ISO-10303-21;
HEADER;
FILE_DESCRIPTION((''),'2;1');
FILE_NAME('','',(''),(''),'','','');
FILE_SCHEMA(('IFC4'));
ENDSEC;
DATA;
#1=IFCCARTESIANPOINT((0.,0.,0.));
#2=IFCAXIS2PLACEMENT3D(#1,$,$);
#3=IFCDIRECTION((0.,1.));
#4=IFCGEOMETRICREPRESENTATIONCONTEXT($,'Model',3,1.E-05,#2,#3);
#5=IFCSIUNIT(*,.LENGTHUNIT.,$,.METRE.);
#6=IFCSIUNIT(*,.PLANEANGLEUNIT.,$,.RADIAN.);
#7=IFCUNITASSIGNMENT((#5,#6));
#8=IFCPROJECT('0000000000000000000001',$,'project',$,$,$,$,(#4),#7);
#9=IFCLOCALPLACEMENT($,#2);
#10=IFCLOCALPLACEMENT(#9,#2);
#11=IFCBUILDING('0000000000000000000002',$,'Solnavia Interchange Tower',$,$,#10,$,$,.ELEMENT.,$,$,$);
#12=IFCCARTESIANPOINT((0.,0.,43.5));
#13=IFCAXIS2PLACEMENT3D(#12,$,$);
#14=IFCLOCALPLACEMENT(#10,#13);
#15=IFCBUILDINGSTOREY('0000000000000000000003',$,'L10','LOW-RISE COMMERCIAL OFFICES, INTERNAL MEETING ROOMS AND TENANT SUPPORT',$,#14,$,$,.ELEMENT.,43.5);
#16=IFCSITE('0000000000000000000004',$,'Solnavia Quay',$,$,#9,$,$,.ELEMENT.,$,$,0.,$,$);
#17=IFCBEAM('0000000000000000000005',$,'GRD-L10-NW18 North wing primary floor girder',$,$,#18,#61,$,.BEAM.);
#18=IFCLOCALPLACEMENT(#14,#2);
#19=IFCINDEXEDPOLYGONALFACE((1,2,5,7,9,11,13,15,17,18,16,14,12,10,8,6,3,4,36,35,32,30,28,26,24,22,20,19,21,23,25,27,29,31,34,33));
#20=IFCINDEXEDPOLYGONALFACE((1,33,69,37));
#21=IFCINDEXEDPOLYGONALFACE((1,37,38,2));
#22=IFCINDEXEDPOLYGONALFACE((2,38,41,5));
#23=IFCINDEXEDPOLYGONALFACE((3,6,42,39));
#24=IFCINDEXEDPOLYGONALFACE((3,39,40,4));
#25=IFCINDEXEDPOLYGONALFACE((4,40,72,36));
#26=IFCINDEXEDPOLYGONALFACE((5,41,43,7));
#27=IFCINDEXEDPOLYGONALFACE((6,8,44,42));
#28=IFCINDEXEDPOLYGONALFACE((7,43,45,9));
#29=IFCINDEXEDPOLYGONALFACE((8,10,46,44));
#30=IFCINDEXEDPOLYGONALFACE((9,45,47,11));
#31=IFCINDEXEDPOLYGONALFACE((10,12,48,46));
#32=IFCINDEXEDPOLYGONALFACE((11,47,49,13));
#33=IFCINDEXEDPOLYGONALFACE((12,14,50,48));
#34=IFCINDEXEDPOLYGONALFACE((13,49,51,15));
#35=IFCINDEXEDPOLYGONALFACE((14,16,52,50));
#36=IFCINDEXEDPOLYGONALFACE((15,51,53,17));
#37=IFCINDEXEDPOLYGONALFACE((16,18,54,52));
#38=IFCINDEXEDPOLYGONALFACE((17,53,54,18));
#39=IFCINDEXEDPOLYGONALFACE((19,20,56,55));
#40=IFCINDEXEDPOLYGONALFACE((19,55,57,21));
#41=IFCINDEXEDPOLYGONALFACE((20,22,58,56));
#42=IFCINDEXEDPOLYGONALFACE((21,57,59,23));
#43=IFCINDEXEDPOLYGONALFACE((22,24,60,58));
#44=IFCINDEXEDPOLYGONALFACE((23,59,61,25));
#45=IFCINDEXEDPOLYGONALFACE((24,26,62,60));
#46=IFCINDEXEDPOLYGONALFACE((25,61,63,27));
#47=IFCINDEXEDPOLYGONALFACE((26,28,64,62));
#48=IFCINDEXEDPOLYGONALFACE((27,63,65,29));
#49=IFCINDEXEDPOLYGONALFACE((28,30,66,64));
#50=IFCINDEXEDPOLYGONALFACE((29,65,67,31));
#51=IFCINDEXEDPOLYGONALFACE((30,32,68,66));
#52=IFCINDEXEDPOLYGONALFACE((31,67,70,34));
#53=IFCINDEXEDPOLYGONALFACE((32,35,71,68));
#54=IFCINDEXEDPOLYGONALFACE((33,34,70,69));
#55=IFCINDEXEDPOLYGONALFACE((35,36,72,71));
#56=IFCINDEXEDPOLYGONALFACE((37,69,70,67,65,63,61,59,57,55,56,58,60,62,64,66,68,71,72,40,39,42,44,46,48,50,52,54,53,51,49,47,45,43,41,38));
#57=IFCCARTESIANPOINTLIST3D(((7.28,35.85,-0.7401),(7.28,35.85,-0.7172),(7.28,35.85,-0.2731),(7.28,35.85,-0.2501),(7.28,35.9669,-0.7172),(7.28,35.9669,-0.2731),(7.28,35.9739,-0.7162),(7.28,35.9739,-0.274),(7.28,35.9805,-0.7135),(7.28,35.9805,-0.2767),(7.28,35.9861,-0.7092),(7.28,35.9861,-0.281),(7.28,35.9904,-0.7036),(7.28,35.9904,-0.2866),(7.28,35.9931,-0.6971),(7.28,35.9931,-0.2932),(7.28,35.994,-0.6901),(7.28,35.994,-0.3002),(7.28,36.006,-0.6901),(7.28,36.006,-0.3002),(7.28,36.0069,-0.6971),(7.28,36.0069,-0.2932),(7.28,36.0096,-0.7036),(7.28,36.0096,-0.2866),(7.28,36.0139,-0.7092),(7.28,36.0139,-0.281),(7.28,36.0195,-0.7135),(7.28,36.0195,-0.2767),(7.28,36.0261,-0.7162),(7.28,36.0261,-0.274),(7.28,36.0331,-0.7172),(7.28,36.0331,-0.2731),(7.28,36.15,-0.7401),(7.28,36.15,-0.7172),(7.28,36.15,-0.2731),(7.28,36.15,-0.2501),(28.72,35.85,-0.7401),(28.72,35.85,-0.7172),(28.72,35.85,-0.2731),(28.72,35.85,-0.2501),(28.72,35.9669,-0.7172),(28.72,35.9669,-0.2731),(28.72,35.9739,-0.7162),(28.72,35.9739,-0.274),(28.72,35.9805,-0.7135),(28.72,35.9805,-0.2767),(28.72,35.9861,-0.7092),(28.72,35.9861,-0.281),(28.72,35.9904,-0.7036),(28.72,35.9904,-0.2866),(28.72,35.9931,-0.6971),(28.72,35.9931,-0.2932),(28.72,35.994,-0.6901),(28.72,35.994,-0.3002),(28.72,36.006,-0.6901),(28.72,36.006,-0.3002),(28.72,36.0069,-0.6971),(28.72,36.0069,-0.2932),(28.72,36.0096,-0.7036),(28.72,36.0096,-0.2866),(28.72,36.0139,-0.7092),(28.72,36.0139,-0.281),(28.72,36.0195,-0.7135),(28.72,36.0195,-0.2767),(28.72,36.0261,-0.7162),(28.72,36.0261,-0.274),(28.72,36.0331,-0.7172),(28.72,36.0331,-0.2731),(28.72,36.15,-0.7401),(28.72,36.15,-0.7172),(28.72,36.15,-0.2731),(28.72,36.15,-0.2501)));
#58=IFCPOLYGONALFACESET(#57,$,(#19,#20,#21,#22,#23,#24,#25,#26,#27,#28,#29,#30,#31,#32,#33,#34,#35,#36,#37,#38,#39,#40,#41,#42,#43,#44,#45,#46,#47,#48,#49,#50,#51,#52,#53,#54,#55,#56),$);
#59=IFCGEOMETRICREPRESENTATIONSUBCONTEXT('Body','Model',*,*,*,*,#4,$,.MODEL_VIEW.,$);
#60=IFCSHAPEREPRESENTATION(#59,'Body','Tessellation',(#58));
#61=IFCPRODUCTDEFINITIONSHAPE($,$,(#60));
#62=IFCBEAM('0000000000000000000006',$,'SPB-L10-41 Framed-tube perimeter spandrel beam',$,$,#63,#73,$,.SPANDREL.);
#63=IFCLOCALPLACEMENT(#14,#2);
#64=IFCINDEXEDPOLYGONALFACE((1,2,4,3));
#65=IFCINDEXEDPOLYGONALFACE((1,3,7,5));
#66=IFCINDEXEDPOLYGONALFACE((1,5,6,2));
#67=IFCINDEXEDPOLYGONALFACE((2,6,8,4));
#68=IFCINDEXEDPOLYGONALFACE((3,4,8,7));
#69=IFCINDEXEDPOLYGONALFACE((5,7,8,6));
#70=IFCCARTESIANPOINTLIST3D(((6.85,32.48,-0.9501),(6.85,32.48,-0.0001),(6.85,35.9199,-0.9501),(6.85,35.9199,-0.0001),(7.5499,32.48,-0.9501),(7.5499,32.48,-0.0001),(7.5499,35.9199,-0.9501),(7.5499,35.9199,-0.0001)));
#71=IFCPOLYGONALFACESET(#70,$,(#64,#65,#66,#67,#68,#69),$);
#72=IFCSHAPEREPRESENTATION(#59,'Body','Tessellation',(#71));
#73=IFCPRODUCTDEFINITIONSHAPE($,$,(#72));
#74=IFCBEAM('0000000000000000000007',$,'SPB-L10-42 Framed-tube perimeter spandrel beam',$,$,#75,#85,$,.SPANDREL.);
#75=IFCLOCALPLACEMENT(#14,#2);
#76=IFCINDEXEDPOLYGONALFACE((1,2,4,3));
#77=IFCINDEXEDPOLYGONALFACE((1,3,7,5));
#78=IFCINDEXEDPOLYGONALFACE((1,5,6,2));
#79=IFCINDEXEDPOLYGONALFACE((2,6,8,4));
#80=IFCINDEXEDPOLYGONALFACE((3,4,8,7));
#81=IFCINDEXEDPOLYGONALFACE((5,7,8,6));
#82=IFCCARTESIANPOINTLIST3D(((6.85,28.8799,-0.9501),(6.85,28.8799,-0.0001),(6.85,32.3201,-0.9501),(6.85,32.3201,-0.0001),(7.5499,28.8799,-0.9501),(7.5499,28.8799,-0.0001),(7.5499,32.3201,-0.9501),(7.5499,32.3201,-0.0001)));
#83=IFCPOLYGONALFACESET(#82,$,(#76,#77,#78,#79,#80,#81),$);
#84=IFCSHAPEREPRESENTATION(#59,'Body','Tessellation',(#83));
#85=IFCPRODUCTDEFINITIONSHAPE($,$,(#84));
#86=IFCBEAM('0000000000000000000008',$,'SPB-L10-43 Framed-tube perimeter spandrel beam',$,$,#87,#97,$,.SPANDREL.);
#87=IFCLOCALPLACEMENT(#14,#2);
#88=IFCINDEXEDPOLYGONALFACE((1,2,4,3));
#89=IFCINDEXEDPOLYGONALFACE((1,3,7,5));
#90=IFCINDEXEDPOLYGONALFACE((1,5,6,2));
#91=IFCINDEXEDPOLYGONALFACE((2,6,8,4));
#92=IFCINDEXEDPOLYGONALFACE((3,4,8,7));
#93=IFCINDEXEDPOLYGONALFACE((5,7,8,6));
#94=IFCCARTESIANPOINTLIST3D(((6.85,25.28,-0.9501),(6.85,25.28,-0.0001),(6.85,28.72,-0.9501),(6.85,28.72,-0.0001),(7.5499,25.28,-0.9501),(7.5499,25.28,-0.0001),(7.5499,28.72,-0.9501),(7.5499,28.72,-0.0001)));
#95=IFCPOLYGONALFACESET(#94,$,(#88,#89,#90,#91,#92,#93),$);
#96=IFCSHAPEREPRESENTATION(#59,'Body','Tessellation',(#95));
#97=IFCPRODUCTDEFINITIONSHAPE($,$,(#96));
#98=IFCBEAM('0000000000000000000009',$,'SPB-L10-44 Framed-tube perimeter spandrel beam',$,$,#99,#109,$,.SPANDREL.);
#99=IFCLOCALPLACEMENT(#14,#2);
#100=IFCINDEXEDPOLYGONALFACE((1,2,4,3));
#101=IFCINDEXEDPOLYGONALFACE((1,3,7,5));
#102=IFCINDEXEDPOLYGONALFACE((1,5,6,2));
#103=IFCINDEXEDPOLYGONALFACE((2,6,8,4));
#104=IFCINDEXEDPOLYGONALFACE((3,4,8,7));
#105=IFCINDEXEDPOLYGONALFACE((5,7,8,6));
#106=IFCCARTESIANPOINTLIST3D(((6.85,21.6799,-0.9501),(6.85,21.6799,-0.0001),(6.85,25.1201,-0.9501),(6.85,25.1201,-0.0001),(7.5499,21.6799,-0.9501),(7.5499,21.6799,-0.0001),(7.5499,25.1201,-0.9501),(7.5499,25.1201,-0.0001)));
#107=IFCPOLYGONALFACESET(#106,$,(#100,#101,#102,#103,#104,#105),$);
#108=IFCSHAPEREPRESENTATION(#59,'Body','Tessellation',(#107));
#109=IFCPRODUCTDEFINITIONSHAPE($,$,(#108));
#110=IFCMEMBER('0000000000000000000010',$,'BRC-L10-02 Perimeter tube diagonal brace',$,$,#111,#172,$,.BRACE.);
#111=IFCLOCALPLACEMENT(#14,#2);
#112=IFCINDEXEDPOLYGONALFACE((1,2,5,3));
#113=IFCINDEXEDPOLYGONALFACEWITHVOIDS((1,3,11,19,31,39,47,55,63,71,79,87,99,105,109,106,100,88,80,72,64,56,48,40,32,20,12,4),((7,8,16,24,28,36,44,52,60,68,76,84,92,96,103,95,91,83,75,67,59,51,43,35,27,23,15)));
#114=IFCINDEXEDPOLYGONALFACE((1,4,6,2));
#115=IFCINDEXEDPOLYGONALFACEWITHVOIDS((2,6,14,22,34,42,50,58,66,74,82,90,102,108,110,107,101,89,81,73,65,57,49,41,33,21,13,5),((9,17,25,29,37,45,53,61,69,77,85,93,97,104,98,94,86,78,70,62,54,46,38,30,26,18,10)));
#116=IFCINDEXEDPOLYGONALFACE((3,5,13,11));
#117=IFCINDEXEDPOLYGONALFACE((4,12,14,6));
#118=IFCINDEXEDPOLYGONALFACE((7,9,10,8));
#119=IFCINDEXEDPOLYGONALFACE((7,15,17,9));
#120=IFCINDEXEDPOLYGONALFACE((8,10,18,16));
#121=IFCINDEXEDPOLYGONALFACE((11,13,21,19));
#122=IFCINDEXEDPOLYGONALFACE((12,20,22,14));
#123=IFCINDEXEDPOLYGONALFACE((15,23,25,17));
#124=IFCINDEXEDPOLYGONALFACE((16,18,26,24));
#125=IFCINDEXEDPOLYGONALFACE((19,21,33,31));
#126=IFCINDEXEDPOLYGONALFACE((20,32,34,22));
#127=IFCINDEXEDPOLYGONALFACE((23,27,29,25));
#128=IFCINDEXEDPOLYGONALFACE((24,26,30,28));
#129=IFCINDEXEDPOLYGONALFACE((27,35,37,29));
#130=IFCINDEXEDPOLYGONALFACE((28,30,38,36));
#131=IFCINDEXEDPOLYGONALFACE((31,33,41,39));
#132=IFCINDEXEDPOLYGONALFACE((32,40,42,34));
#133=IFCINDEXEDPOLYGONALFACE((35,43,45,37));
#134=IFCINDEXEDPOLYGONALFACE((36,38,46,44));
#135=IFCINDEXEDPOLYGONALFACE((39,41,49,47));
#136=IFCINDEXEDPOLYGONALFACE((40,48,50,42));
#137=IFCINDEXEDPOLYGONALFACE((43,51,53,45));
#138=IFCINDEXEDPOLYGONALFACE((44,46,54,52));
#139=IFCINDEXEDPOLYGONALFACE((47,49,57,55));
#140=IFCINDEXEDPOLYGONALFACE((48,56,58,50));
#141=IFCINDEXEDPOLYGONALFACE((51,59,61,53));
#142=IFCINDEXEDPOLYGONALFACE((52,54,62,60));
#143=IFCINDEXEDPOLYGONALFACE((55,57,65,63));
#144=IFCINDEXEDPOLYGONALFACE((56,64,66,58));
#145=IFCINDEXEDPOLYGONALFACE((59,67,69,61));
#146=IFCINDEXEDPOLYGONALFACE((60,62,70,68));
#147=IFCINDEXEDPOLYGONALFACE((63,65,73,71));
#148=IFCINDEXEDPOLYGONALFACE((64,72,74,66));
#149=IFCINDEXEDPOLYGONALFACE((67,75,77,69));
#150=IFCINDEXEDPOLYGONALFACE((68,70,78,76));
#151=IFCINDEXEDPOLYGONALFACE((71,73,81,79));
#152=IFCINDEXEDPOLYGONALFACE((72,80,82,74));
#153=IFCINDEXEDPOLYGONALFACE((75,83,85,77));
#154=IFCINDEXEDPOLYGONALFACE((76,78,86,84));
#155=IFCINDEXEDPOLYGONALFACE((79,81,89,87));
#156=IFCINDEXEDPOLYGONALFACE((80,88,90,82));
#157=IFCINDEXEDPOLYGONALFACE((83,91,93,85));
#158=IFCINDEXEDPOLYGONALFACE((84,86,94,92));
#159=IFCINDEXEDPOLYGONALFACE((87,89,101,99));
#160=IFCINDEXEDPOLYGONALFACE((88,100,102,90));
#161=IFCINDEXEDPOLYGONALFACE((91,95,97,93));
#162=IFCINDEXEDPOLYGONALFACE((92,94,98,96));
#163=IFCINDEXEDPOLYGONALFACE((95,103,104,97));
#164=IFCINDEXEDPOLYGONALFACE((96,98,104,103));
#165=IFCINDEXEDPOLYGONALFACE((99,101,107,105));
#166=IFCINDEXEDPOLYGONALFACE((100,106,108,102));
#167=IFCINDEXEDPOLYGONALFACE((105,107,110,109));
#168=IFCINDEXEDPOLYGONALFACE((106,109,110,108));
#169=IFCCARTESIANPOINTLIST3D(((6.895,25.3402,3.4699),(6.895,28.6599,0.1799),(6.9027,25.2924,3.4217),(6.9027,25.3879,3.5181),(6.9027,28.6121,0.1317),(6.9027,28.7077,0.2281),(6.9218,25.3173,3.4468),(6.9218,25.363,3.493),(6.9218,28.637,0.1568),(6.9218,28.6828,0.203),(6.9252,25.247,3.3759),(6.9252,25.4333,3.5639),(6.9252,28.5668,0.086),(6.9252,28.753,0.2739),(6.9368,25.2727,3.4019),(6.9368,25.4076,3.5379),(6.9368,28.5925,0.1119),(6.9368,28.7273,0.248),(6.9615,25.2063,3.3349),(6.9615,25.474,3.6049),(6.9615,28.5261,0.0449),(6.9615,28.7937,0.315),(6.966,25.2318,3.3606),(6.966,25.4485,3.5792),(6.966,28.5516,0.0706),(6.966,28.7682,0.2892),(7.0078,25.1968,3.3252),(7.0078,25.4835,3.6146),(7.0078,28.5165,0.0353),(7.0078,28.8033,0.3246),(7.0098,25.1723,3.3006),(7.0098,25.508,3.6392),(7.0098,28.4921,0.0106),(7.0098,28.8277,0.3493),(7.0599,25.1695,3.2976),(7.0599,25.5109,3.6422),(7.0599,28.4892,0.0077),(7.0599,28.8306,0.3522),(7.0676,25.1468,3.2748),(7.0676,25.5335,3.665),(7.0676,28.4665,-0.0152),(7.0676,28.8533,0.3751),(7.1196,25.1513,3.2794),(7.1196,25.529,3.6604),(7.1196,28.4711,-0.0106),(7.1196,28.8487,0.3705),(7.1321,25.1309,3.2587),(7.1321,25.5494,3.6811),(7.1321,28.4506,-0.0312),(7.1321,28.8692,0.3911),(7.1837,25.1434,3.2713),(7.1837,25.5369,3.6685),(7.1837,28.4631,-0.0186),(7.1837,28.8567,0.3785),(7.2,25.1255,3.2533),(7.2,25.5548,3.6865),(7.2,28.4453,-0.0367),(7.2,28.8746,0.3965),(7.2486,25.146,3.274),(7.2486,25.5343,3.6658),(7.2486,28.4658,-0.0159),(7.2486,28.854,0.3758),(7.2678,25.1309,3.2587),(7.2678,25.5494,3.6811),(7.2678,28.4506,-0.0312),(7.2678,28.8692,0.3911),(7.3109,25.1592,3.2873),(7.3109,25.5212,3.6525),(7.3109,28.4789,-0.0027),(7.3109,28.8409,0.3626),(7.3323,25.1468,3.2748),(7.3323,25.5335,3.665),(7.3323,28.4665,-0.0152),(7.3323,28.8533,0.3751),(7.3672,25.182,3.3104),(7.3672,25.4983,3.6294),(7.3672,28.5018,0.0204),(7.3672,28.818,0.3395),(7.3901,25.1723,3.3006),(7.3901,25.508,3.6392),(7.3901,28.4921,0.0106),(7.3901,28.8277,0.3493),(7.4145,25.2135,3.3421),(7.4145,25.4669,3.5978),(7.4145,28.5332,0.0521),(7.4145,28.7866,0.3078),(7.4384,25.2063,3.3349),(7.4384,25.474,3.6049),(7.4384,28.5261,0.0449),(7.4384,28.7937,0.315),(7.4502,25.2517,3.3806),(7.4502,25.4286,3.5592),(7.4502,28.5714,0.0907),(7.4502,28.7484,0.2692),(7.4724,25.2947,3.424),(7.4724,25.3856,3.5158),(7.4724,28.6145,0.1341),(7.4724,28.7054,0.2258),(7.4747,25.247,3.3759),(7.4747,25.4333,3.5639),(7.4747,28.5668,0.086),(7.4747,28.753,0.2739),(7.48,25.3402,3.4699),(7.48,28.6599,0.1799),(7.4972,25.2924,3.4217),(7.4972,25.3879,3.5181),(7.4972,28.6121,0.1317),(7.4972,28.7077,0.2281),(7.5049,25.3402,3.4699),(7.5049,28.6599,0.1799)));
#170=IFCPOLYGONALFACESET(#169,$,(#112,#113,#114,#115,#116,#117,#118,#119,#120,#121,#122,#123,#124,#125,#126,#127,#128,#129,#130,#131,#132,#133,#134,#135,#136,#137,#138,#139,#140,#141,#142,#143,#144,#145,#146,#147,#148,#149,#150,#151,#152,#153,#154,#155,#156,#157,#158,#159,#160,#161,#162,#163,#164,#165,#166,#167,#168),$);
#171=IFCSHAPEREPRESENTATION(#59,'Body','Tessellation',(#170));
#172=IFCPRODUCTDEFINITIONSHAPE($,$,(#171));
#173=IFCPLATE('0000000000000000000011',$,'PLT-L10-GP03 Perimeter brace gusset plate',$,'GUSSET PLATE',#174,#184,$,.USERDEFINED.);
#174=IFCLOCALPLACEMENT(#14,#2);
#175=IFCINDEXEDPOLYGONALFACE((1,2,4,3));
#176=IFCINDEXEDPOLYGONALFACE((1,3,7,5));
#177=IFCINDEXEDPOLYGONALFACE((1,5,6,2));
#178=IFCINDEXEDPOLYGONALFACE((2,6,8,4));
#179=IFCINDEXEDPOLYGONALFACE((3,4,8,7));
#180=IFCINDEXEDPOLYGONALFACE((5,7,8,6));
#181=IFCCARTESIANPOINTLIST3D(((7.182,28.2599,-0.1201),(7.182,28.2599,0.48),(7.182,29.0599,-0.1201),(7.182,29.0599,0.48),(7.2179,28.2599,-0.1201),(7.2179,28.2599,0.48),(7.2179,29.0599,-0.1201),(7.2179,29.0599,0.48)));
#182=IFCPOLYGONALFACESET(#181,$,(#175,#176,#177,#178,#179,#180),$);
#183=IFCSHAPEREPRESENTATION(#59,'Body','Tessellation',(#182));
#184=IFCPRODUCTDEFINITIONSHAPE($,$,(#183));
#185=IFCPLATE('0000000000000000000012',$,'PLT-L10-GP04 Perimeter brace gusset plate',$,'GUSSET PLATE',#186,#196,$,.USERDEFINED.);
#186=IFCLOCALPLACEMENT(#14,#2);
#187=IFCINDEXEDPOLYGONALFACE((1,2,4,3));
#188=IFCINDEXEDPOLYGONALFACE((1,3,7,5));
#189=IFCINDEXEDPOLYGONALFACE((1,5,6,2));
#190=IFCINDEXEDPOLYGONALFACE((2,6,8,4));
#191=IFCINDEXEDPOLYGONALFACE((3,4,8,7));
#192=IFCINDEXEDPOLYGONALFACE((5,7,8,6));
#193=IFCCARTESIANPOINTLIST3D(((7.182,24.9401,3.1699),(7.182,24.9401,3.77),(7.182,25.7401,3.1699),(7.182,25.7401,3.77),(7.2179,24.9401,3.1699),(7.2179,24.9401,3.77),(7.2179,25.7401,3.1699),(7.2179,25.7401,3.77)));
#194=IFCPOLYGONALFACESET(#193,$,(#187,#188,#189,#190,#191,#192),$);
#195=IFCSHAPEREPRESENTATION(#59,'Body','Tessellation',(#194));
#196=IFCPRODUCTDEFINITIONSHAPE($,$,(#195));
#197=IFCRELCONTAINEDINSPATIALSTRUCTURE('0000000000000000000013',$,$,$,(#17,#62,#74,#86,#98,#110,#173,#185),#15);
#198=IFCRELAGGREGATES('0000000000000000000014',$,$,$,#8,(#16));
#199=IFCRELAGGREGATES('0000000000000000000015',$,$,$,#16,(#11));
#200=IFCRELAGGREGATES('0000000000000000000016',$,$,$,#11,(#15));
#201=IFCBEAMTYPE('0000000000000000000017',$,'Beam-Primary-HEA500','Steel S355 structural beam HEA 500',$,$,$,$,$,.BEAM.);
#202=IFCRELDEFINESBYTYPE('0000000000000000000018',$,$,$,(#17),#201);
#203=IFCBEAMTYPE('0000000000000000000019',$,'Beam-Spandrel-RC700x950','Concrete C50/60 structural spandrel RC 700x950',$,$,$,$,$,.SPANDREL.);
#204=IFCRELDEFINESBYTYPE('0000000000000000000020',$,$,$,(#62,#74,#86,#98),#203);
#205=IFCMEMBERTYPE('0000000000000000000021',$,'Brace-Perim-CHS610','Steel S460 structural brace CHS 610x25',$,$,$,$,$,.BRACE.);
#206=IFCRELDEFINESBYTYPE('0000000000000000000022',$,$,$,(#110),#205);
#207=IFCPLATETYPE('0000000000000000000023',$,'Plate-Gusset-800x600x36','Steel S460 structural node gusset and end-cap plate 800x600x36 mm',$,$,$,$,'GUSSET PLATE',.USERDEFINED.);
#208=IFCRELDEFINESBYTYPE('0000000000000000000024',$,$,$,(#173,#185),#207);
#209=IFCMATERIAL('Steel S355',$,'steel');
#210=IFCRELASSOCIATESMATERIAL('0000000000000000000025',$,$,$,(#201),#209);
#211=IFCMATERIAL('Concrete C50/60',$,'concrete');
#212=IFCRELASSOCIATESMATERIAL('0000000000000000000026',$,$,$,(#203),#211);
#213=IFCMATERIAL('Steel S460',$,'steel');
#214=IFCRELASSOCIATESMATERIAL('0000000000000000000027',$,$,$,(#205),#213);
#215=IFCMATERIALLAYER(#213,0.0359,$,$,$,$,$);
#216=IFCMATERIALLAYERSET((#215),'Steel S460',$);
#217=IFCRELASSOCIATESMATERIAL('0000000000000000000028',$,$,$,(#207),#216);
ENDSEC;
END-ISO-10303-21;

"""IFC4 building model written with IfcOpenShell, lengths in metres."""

from ifc_helpers import new_model, si_unit, direction, frame, origin, origin_2d, place, context, subcontext, project, spatial, rectangle, hollow_circle, i_section, extrude, material, layer, layer_set, material_profile, profile_set, type_object, element, save


model = new_model("IFC4")

# Units and contexts
model_context = context("Model", 3, precision=1e-05, world=origin(), true_north=direction((0.0, 1.0)))
body_context = subcontext(model_context, "Body", "Model", "MODEL_VIEW")
ifc_project = project(units=[si_unit("LENGTHUNIT", "METRE"), si_unit("PLANEANGLEUNIT", "RADIAN")], contexts=[model_context])

# Site, building, storey
site_placement = place(None, origin())
site = spatial("IfcSite", under=ifc_project, at=site_placement, Name="Solnavia Quay", CompositionType="ELEMENT", RefElevation=0.0)
building_placement = place(site_placement, origin())
building = spatial("IfcBuilding", under=site, at=building_placement, Name="Solnavia Interchange Tower", CompositionType="ELEMENT")
storey_placement = place(building_placement, frame((0.0, 0.0, 43.5)))
storey = spatial("IfcBuildingStorey", under=building, at=storey_placement, Name="L10", Description="LOW-RISE COMMERCIAL OFFICES, INTERNAL MEETING ROOMS AND TENANT SUPPORT", CompositionType="ELEMENT", Elevation=43.5)

# Beams
ifc_material_1 = material(Name="Steel S460", Category="steel")
ifc_material_2 = material(Name="Steel S355", Category="steel")
ifc_material_profile_1 = material_profile(ifc_material_2, i_section(OverallWidth=0.3, OverallDepth=0.49, WebThickness=0.012, FlangeThickness=0.0229, FilletRadius=0.0271, at=origin_2d()), Name="HEA 500")
ifc_profile_set_1 = profile_set([ifc_material_profile_1], Name="Steel S355")
beam_type_1 = type_object("IfcBeamType", Name="Beam-Primary-HEA500", Description="Steel S355 structural beam HEA 500", PredefinedType="BEAM", material=ifc_profile_set_1)
for number, where, z_axis, x_axis, name in (
    (1, (7.28, 36.0, -0.4951), (1.0, 0.0, 0.0), (0.0, 1.0, 0.0), "GRD-L10-NW18 North wing primary floor girder"),
):
    element("IfcBeam", number, at=place(storey_placement, frame(where, z_axis=z_axis, x_axis=x_axis)), inside=storey, type_object=beam_type_1, Name=name, PredefinedType="BEAM", context=body_context, shape_type="SweptSolid", body=[
        extrude(i_section(OverallWidth=0.3, OverallDepth=0.49, WebThickness=0.012, FlangeThickness=0.0229, FilletRadius=0.0271, at=origin_2d()), origin(), (0.0, 0.0, 1.0), 21.4399),
    ])
ifc_material_3 = material(Name="Concrete C50/60", Category="concrete")
ifc_material_profile_2 = material_profile(ifc_material_3, rectangle(XDim=0.7, YDim=0.95, at=origin_2d()), Name="RC 700x950")
ifc_profile_set_2 = profile_set([ifc_material_profile_2], Name="Concrete C50/60")
beam_type_2 = type_object("IfcBeamType", Name="Beam-Spandrel-RC700x950", Description="Concrete C50/60 structural spandrel RC 700x950", PredefinedType="SPANDREL", material=ifc_profile_set_2)
beam_1_placement = place(storey_placement, frame((7.2, 35.9199, -0.4751), z_axis=(0.0, -1.0, 0.0), x_axis=(1.0, 0.0, 0.0)))
element("IfcBeam", 2, at=beam_1_placement, inside=storey, type_object=beam_type_2, Name="SPB-L10-41 Framed-tube perimeter spandrel beam", PredefinedType="SPANDREL", context=body_context, shape_type="SweptSolid", body=[
    extrude(rectangle(XDim=0.7, YDim=0.95, at=origin_2d()), origin(), (0.0, 0.0, 1.0), 3.4399),
])
beam_2_placement = place(storey_placement, frame((7.2, 32.3201, -0.4751), z_axis=(0.0, -1.0, 0.0), x_axis=(1.0, 0.0, 0.0)))
element("IfcBeam", 3, at=beam_2_placement, inside=storey, type_object=beam_type_2, Name="SPB-L10-42 Framed-tube perimeter spandrel beam", PredefinedType="SPANDREL", context=body_context, shape_type="SweptSolid", body=[
    extrude(rectangle(XDim=0.7, YDim=0.95, at=origin_2d()), origin(), (0.0, 0.0, 1.0), 3.4402),
])
beam_3_placement = place(storey_placement, frame((7.2, 28.72, -0.4751), z_axis=(0.0, -1.0, 0.0), x_axis=(1.0, 0.0, 0.0)))
element("IfcBeam", 4, at=beam_3_placement, inside=storey, type_object=beam_type_2, Name="SPB-L10-43 Framed-tube perimeter spandrel beam", PredefinedType="SPANDREL", context=body_context, shape_type="SweptSolid", body=[
    extrude(rectangle(XDim=0.7, YDim=0.95, at=origin_2d()), origin(), (0.0, 0.0, 1.0), 3.4399),
])
beam_4_placement = place(storey_placement, frame((7.2, 25.1201, -0.4751), z_axis=(0.0, -1.0, 0.0), x_axis=(1.0, 0.0, 0.0)))
element("IfcBeam", 5, at=beam_4_placement, inside=storey, type_object=beam_type_2, Name="SPB-L10-44 Framed-tube perimeter spandrel beam", PredefinedType="SPANDREL", context=body_context, shape_type="SweptSolid", body=[
    extrude(rectangle(XDim=0.7, YDim=0.95, at=origin_2d()), origin(), (0.0, 0.0, 1.0), 3.4402),
])

# Member
ifc_material_profile_3 = material_profile(ifc_material_1, hollow_circle(Radius=0.3049, WallThickness=0.0249, at=origin_2d()), Name="CHS 610x25")
ifc_profile_set_3 = profile_set([ifc_material_profile_3], Name="Steel S460")
member_type = type_object("IfcMemberType", Name="Brace-Perim-CHS610", Description="Steel S460 structural brace CHS 610x25", PredefinedType="BRACE", material=ifc_profile_set_3)
member_placement = place(storey_placement, frame((7.2, 28.6599, 0.1799), z_axis=(0.0, -0.710286, 0.703913), x_axis=(1.0, 0.0, 0.0)))
element("IfcMember", 6, at=member_placement, inside=storey, type_object=member_type, Name="BRC-L10-02 Perimeter tube diagonal brace", PredefinedType="BRACE", context=body_context, shape_type="SweptSolid", body=[
    extrude(hollow_circle(Radius=0.3049, WallThickness=0.0249, at=origin_2d()), origin(), (0.0, 0.0, 1.0), 4.6738),
])

# Plates
ifc_layer_1 = layer(ifc_material_1, 0.0359)
ifc_layer_set_1 = layer_set([ifc_layer_1], Name="Steel S460")
plate_type = type_object("IfcPlateType", Name="Plate-Gusset-800x600x36", Description="Steel S460 structural node gusset and end-cap plate 800x600x36 mm", ElementType="GUSSET PLATE", PredefinedType="USERDEFINED", material=ifc_layer_set_1)
for number, where, z_axis, x_axis, name in (
    (7, (7.2, 28.6599, -0.1201), (0.0, 0.0, 1.0), (0.0, -1.0, 0.0), "PLT-L10-GP03 Perimeter brace gusset plate"),
    (8, (7.2, 25.3401, 3.1699), (0.0, 0.0, 1.0), (0.0, -1.0, 0.0), "PLT-L10-GP04 Perimeter brace gusset plate"),
):
    element("IfcPlate", number, at=place(storey_placement, frame(where, z_axis=z_axis, x_axis=x_axis)), inside=storey, type_object=plate_type, Name=name, ObjectType="GUSSET PLATE", PredefinedType="USERDEFINED", context=body_context, shape_type="SweptSolid", body=[
        extrude(rectangle(XDim=0.8, YDim=0.0359, at=origin_2d()), origin(), (0.0, 0.0, 1.0), 0.6001),
    ])

save(model, "model.ifc")
